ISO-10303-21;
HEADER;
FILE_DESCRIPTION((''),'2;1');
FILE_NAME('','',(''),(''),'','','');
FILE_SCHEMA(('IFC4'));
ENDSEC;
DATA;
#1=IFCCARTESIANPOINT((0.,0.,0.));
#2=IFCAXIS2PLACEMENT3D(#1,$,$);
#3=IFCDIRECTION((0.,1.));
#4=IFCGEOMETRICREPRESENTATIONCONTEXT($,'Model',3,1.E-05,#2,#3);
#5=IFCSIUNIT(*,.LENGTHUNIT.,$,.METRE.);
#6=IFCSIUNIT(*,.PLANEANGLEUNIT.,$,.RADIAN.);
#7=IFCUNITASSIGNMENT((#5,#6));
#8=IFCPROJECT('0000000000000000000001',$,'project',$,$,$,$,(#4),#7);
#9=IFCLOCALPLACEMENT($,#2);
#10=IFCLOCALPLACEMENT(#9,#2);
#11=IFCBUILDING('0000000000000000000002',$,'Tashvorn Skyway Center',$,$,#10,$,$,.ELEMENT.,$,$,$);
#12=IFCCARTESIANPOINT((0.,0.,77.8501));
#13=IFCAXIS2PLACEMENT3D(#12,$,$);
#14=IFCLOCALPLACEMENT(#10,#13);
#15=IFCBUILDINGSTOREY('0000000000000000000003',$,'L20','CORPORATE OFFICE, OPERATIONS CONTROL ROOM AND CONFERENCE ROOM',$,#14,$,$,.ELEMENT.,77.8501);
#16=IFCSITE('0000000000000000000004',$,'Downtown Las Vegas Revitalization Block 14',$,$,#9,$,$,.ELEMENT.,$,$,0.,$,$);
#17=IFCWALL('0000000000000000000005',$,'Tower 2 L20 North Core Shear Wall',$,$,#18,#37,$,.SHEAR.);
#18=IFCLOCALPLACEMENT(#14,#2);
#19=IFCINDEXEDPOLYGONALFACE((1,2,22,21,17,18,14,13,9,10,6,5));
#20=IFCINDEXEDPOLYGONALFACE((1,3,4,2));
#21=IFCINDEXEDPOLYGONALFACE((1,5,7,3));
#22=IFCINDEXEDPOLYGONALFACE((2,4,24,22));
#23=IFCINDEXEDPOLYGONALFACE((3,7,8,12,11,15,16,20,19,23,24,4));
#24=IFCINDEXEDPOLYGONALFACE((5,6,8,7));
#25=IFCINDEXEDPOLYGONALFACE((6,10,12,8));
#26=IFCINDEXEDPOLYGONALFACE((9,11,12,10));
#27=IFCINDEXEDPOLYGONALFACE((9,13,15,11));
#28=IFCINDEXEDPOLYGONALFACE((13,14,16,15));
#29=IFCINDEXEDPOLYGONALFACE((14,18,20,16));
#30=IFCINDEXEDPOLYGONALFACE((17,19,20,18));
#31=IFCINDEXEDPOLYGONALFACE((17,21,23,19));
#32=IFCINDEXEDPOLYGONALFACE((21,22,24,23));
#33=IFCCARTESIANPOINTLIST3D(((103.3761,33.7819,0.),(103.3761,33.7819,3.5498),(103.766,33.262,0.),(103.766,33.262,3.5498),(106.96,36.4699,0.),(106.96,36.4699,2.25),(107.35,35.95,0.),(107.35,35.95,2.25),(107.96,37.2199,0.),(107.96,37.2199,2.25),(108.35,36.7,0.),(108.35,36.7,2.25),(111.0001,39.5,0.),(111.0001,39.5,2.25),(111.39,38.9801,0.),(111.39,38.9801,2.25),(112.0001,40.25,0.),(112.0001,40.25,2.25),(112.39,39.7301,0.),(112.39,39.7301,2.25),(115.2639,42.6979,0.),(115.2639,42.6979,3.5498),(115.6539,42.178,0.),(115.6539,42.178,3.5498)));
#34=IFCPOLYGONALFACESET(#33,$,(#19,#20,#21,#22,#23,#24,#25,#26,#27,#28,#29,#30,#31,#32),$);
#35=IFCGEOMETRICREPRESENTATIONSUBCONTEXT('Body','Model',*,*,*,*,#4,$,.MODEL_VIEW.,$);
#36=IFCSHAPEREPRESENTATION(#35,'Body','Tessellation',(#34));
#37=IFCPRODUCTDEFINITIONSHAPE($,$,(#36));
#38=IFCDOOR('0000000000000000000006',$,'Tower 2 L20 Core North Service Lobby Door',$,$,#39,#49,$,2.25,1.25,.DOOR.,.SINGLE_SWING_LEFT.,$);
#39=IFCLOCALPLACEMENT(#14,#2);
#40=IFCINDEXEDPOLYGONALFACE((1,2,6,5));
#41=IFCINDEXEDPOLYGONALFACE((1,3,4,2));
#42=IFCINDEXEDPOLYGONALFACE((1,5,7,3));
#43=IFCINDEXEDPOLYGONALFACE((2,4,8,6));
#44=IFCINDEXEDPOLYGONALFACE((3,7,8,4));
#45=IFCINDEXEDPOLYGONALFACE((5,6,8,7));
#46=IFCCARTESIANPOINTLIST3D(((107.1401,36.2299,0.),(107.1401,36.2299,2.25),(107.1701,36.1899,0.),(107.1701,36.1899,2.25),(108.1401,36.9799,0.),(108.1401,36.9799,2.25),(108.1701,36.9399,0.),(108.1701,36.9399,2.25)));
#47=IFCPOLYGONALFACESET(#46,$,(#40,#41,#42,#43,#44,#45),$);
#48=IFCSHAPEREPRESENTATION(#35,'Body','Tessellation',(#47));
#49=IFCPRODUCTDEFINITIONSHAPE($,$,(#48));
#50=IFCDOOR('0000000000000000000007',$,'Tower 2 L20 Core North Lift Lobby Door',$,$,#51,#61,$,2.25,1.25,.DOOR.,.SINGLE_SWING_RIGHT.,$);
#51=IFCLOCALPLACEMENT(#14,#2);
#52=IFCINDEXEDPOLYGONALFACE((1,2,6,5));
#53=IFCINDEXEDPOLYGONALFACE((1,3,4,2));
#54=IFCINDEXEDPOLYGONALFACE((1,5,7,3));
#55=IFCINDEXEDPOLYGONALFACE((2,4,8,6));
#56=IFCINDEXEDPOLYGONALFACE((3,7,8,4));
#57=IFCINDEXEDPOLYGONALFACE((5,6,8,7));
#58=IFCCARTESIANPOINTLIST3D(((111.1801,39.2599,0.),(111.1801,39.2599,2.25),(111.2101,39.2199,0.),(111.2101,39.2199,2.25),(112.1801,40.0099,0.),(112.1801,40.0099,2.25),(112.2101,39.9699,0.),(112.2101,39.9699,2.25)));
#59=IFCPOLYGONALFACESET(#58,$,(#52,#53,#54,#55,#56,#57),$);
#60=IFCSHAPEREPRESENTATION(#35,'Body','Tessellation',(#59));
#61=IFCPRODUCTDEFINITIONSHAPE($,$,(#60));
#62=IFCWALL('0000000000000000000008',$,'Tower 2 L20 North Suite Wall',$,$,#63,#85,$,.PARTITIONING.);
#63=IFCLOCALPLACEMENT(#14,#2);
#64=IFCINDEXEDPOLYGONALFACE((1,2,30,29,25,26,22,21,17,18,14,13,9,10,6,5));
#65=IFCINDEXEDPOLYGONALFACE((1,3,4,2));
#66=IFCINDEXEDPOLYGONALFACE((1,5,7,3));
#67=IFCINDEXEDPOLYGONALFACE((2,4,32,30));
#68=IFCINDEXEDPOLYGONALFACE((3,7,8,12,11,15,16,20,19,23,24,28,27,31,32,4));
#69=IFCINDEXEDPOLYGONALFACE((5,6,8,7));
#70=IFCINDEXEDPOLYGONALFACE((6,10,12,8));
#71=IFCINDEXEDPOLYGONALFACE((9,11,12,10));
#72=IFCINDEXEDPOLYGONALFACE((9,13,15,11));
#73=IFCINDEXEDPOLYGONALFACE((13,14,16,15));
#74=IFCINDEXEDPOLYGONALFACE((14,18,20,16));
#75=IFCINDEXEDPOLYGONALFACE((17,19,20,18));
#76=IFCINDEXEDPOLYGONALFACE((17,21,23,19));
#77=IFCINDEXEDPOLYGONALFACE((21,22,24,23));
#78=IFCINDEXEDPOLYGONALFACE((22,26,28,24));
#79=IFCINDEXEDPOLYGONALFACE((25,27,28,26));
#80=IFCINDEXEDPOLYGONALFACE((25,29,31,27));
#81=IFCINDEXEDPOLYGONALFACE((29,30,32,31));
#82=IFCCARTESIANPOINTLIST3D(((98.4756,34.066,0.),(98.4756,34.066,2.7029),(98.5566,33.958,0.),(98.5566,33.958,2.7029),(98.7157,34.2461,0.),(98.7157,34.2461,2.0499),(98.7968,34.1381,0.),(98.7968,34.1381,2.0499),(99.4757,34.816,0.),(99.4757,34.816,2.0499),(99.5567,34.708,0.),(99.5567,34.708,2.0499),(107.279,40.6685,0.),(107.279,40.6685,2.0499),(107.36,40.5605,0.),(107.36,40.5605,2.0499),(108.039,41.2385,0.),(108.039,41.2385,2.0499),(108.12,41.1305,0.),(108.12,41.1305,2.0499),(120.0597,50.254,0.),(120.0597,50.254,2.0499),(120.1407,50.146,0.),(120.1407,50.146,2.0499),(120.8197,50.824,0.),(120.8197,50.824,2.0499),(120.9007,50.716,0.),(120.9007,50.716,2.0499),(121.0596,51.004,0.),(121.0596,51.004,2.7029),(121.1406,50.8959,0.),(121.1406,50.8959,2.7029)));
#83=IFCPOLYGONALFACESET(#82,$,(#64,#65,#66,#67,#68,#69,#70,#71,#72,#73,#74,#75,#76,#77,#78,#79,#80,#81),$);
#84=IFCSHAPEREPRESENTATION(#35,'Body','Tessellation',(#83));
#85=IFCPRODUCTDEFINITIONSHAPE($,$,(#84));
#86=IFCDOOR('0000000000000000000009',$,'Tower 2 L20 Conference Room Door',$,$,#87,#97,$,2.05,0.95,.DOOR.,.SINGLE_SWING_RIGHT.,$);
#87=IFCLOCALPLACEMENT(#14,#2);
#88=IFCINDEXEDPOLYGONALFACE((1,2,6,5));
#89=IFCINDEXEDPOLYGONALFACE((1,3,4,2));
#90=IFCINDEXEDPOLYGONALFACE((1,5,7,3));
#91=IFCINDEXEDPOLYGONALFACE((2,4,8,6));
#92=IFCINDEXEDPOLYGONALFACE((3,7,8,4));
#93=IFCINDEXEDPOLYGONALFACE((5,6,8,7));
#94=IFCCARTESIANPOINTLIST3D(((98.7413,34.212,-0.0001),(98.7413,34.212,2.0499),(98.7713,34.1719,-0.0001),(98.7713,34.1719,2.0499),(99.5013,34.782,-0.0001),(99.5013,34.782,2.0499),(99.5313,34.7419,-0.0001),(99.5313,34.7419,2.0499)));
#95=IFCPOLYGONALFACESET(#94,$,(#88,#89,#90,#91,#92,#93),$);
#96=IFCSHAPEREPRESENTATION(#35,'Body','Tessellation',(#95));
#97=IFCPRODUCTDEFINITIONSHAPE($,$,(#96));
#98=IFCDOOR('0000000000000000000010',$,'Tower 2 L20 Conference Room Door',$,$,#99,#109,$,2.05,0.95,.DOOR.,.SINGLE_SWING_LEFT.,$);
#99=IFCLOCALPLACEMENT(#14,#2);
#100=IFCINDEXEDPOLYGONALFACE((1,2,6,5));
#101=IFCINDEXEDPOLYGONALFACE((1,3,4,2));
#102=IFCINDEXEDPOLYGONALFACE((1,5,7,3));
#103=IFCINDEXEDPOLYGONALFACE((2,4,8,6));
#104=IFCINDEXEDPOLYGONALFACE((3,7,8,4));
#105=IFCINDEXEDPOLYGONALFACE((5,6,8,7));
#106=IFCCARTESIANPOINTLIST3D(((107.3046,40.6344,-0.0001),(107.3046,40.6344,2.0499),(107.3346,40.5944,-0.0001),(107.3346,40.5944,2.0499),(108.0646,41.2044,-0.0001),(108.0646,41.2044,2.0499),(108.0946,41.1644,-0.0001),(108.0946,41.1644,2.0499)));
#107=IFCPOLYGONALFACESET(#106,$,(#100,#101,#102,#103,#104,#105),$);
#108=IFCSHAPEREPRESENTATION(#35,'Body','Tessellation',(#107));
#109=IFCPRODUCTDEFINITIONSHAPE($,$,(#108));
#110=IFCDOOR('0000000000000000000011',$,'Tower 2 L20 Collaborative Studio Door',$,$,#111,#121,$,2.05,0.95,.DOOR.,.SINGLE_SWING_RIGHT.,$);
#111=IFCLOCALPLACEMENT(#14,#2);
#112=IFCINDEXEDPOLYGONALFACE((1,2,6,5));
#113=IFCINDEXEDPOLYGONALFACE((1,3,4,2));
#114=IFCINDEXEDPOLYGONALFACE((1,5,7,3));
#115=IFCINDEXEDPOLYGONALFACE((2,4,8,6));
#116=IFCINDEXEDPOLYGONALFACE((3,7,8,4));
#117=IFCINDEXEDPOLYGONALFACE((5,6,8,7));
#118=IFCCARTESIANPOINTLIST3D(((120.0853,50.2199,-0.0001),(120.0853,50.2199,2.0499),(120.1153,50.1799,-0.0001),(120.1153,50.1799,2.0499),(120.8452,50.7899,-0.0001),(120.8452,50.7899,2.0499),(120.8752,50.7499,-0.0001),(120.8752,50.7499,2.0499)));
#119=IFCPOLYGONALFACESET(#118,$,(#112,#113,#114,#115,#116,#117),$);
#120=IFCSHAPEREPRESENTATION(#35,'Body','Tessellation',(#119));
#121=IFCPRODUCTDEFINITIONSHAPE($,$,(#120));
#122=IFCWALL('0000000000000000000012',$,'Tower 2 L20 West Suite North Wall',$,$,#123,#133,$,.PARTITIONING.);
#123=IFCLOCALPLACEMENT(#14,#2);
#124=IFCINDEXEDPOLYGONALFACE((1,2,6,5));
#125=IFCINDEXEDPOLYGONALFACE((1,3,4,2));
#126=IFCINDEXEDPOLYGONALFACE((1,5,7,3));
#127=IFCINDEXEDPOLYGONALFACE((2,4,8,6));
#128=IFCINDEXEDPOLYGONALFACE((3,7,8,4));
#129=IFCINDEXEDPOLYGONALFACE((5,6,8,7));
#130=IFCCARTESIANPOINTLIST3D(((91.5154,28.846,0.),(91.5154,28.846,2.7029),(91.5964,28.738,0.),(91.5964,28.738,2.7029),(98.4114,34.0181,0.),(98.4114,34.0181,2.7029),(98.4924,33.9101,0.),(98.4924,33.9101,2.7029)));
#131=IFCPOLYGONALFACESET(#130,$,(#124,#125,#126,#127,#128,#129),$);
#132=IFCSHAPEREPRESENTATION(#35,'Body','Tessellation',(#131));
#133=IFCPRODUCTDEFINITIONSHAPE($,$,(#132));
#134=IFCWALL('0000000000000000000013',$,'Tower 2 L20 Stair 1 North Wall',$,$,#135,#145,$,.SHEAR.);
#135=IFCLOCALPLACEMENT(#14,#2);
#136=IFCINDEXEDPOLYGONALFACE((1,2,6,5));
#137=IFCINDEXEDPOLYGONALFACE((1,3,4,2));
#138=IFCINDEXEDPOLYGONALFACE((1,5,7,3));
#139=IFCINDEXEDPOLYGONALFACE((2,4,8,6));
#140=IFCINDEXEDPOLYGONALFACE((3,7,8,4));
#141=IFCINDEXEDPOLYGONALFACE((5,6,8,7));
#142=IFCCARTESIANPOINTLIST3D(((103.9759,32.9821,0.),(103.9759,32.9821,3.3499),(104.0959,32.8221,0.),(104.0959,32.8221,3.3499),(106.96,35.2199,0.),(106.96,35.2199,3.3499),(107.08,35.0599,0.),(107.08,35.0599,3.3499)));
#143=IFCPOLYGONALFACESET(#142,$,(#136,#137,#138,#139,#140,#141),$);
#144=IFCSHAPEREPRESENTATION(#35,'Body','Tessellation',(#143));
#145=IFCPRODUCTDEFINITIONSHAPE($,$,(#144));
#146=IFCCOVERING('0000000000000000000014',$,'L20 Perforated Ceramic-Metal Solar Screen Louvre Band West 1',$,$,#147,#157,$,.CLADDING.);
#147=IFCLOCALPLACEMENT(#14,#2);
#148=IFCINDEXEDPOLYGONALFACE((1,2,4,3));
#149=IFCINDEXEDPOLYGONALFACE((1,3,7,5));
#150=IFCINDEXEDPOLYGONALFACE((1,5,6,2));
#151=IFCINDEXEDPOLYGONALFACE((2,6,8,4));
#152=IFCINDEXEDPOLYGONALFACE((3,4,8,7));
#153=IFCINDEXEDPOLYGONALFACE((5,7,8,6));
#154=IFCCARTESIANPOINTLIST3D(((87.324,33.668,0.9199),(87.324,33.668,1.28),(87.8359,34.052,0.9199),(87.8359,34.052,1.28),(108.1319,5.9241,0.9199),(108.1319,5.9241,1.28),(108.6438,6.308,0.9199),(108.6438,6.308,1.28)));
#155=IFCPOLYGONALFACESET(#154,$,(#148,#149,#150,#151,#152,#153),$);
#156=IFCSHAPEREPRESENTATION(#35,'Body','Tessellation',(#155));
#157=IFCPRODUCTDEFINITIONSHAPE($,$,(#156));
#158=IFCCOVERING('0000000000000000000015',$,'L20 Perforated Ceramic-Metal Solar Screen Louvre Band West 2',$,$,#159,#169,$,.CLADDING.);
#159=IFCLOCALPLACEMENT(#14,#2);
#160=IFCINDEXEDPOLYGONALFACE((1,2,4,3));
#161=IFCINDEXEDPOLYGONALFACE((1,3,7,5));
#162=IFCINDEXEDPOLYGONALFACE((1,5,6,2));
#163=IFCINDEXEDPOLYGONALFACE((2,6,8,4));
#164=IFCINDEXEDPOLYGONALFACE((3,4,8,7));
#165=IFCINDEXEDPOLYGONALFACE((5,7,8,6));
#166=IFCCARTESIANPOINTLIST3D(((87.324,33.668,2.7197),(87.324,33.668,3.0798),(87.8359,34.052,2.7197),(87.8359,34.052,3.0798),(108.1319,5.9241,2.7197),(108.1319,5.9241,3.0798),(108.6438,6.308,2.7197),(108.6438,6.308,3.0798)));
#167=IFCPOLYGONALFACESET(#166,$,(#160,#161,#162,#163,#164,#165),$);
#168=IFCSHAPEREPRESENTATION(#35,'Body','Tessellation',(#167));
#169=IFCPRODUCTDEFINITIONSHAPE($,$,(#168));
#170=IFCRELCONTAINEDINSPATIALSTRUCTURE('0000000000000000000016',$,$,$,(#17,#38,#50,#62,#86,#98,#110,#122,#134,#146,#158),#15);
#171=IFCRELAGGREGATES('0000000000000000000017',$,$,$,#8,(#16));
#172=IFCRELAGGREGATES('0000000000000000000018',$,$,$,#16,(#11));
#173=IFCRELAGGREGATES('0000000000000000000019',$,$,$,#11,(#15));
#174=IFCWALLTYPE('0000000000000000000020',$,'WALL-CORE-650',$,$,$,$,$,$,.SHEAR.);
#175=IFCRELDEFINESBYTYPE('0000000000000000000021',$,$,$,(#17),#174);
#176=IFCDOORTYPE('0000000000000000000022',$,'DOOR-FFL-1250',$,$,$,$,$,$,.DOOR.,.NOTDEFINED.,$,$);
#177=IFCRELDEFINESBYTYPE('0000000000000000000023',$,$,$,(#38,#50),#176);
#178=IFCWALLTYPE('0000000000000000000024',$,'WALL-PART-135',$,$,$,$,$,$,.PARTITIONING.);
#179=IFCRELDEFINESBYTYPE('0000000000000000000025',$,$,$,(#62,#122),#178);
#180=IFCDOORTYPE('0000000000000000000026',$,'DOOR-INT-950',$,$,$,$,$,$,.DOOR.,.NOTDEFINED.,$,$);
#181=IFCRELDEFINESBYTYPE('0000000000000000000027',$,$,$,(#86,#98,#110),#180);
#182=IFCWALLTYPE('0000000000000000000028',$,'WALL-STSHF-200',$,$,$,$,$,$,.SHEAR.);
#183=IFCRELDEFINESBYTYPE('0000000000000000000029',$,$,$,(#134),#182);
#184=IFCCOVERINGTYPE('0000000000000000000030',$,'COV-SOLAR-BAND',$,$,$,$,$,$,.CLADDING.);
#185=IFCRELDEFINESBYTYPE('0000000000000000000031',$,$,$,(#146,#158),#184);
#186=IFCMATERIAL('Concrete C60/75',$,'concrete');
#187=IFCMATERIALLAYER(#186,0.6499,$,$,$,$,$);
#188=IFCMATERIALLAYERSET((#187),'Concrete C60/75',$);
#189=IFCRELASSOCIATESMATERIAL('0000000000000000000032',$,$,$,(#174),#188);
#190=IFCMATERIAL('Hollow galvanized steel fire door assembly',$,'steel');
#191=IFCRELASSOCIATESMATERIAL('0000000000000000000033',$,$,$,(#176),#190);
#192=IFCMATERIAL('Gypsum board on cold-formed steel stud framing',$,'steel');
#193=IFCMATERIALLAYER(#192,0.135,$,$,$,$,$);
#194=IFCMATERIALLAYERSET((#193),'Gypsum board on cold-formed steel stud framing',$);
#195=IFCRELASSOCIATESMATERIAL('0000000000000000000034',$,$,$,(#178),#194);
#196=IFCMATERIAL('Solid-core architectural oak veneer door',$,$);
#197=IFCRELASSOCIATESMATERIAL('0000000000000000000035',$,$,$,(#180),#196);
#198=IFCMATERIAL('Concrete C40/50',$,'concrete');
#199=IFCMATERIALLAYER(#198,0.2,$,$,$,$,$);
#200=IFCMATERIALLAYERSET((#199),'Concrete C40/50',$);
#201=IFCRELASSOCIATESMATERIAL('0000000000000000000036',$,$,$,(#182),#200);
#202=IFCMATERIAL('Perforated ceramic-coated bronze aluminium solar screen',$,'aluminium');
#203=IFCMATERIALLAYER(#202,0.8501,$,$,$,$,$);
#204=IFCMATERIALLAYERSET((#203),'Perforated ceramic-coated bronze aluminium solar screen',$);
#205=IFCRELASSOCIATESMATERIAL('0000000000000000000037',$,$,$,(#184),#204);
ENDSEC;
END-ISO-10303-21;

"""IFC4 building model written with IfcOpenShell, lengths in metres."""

from ifc_helpers import new_model, si_unit, direction, frame, frame_2d, origin, origin_2d, place, context, subcontext, project, spatial, rectangle, extrude, material, layer, layer_set, type_object, element, fill, save


model = new_model("IFC4")

# Units and contexts
model_context = context("Model", 3, precision=1e-05, world=origin(), true_north=direction((0.0, 1.0)))
body_context = subcontext(model_context, "Body", "Model", "MODEL_VIEW")
ifc_project = project(units=[si_unit("LENGTHUNIT", "METRE"), si_unit("PLANEANGLEUNIT", "RADIAN")], contexts=[model_context])

# Site, building, storey
site_placement = place(None, origin())
site = spatial("IfcSite", under=ifc_project, at=site_placement, Name="Downtown Las Vegas Revitalization Block 14", CompositionType="ELEMENT", RefElevation=0.0)
building_placement = place(site_placement, origin())
building = spatial("IfcBuilding", under=site, at=building_placement, Name="Tashvorn Skyway Center", CompositionType="ELEMENT")
storey_placement = place(building_placement, frame((0.0, 0.0, 77.8501)))
storey = spatial("IfcBuildingStorey", under=building, at=storey_placement, Name="L20", Description="CORPORATE OFFICE, OPERATIONS CONTROL ROOM AND CONFERENCE ROOM", CompositionType="ELEMENT", Elevation=77.8501)

# Walls, openings, doors
ifc_material_1 = material(Name="Concrete C60/75", Category="concrete")
ifc_layer_1 = layer(ifc_material_1, 0.6499)
ifc_layer_set_1 = layer_set([ifc_layer_1], Name="Concrete C60/75")
wall_type_1 = type_object("IfcWallType", Name="WALL-CORE-650", PredefinedType="SHEAR", material=ifc_layer_set_1)
wall_1_placement = place(storey_placement, frame((103.571, 33.522, 0.0), z_axis=(0.0, 0.0, 1.0), x_axis=(0.799998, 0.600003, 0.0)))
wall_1 = element("IfcWall", 1, at=wall_1_placement, inside=storey, type_object=wall_type_1, Name="Tower 2 L20 North Core Shear Wall", PredefinedType="SHEAR", context=body_context, shape_type="SweptSolid", body=[
    extrude(rectangle(XDim=14.8599, YDim=0.6499, at=frame_2d((7.4299, 0.0))), origin(), (0.0, 0.0, 1.0), 3.5498),
])
opening_1_placement = place(wall_1_placement, frame((4.48, 0.0, 0.0)))
opening_1 = element("IfcOpeningElement", 2, at=opening_1_placement, cuts=wall_1, PredefinedType="OPENING", context=body_context, shape_type="SweptSolid", body=[
    extrude(rectangle(XDim=1.25, YDim=2.25, at=frame_2d((0.625, 1.125))), frame((0.0, 0.335, 0.0), z_axis=(0.0, -1.0, 0.0), x_axis=(1.0, 0.0, 0.0)), (0.0, 0.0, 1.0), 0.6699),
])
opening_2_placement = place(wall_1_placement, frame((9.53, 0.0, 0.0)))
opening_2 = element("IfcOpeningElement", 3, at=opening_2_placement, cuts=wall_1, PredefinedType="OPENING", context=body_context, shape_type="SweptSolid", body=[
    extrude(rectangle(XDim=1.25, YDim=2.25, at=frame_2d((0.625, 1.125))), frame((0.0, 0.335, 0.0), z_axis=(0.0, -1.0, 0.0), x_axis=(1.0, 0.0, 0.0)), (0.0, 0.0, 1.0), 0.6699),
])
ifc_material_2 = material(Name="Hollow galvanized steel fire door assembly", Category="steel")
door_type_1 = type_object("IfcDoorType", Name="DOOR-FFL-1250", OperationType="NOTDEFINED", PredefinedType="DOOR", material=ifc_material_2)
door_1_placement = place(opening_1_placement, origin())
door_1 = element("IfcDoor", 4, at=door_1_placement, inside=storey, type_object=door_type_1, Name="Tower 2 L20 Core North Service Lobby Door", OperationType="SINGLE_SWING_LEFT", OverallHeight=2.25, OverallWidth=1.25, PredefinedType="DOOR", context=body_context, shape_type="SweptSolid", body=[
    extrude(rectangle(XDim=1.25, YDim=2.25, at=frame_2d((0.625, 1.125))), frame((0.0, 0.0249, 0.0), z_axis=(0.0, -1.0, 0.0), x_axis=(1.0, 0.0, 0.0)), (0.0, 0.0, 1.0), 0.05),
])
fill(opening_1, door_1)
door_2_placement = place(opening_2_placement, origin())
door_2 = element("IfcDoor", 5, at=door_2_placement, inside=storey, type_object=door_type_1, Name="Tower 2 L20 Core North Lift Lobby Door", OperationType="SINGLE_SWING_RIGHT", OverallHeight=2.25, OverallWidth=1.25, PredefinedType="DOOR", context=body_context, shape_type="SweptSolid", body=[
    extrude(rectangle(XDim=1.25, YDim=2.25, at=frame_2d((0.625, 1.125))), frame((0.0, 0.0249, 0.0), z_axis=(0.0, -1.0, 0.0), x_axis=(1.0, 0.0, 0.0)), (0.0, 0.0, 1.0), 0.05),
])
fill(opening_2, door_2)
ifc_material_3 = material(Name="Gypsum board on cold-formed steel stud framing", Category="steel")
ifc_layer_2 = layer(ifc_material_3, 0.135)
ifc_layer_set_2 = layer_set([ifc_layer_2], Name="Gypsum board on cold-formed steel stud framing")
wall_type_2 = type_object("IfcWallType", Name="WALL-PART-135", PredefinedType="PARTITIONING", material=ifc_layer_set_2)
wall_2_placement = place(storey_placement, frame((98.5161, 34.012, 0.0), z_axis=(0.0, 0.0, 1.0), x_axis=(0.8, 0.6, 0.0)))
wall_2 = element("IfcWall", 6, at=wall_2_placement, inside=storey, type_object=wall_type_2, Name="Tower 2 L20 North Suite Wall", PredefinedType="PARTITIONING", context=body_context, shape_type="SweptSolid", body=[
    extrude(rectangle(XDim=28.23, YDim=0.135, at=frame_2d((14.115, 0.0))), origin(), (0.0, 0.0, 1.0), 2.7029),
])
opening_3_placement = place(wall_2_placement, frame((0.3, 0.0, 0.0)))
opening_3 = element("IfcOpeningElement", 7, at=opening_3_placement, cuts=wall_2, PredefinedType="OPENING", context=body_context, shape_type="SweptSolid", body=[
    extrude(rectangle(XDim=0.95, YDim=2.05, at=frame_2d((0.4751, 1.0249))), frame((0.0, 0.0774, 0.0), z_axis=(0.0, -1.0, 0.0), x_axis=(1.0, 0.0, 0.0)), (0.0, 0.0, 1.0), 0.155),
])
opening_4_placement = place(wall_2_placement, frame((11.0042, 0.0, 0.0)))
opening_4 = element("IfcOpeningElement", 8, at=opening_4_placement, cuts=wall_2, PredefinedType="OPENING", context=body_context, shape_type="SweptSolid", body=[
    extrude(rectangle(XDim=0.95, YDim=2.05, at=frame_2d((0.4751, 1.0249))), frame((0.0, 0.0774, 0.0), z_axis=(0.0, -1.0, 0.0), x_axis=(1.0, 0.0, 0.0)), (0.0, 0.0, 1.0), 0.155),
])
opening_5_placement = place(wall_2_placement, frame((26.98, 0.0, 0.0)))
opening_5 = element("IfcOpeningElement", 9, at=opening_5_placement, cuts=wall_2, PredefinedType="OPENING", context=body_context, shape_type="SweptSolid", body=[
    extrude(rectangle(XDim=0.95, YDim=2.05, at=frame_2d((0.4751, 1.0249))), frame((0.0, 0.0774, 0.0), z_axis=(0.0, -1.0, 0.0), x_axis=(1.0, 0.0, 0.0)), (0.0, 0.0, 1.0), 0.155),
])
ifc_material_4 = material(Name="Solid-core architectural oak veneer door")
door_type_2 = type_object("IfcDoorType", Name="DOOR-INT-950", OperationType="NOTDEFINED", PredefinedType="DOOR", material=ifc_material_4)
door_3_placement = place(opening_3_placement, origin())
door_3 = element("IfcDoor", 10, at=door_3_placement, inside=storey, type_object=door_type_2, Name="Tower 2 L20 Conference Room Door", OperationType="SINGLE_SWING_RIGHT", OverallHeight=2.05, OverallWidth=0.95, PredefinedType="DOOR", context=body_context, shape_type="SweptSolid", body=[
    extrude(rectangle(XDim=0.95, YDim=2.05, at=frame_2d((0.4751, 1.0249))), frame((0.0, 0.0249, 0.0), z_axis=(0.0, -1.0, 0.0), x_axis=(1.0, 0.0, 0.0)), (0.0, 0.0, 1.0), 0.05),
])
fill(opening_3, door_3)
door_4_placement = place(opening_4_placement, origin())
door_4 = element("IfcDoor", 11, at=door_4_placement, inside=storey, type_object=door_type_2, Name="Tower 2 L20 Conference Room Door", OperationType="SINGLE_SWING_LEFT", OverallHeight=2.05, OverallWidth=0.95, PredefinedType="DOOR", context=body_context, shape_type="SweptSolid", body=[
    extrude(rectangle(XDim=0.95, YDim=2.05, at=frame_2d((0.4751, 1.0249))), frame((0.0, 0.0249, 0.0), z_axis=(0.0, -1.0, 0.0), x_axis=(1.0, 0.0, 0.0)), (0.0, 0.0, 1.0), 0.05),
])
fill(opening_4, door_4)
door_5_placement = place(opening_5_placement, origin())
door_5 = element("IfcDoor", 12, at=door_5_placement, inside=storey, type_object=door_type_2, Name="Tower 2 L20 Collaborative Studio Door", OperationType="SINGLE_SWING_RIGHT", OverallHeight=2.05, OverallWidth=0.95, PredefinedType="DOOR", context=body_context, shape_type="SweptSolid", body=[
    extrude(rectangle(XDim=0.95, YDim=2.05, at=frame_2d((0.4751, 1.0249))), frame((0.0, 0.0249, 0.0), z_axis=(0.0, -1.0, 0.0), x_axis=(1.0, 0.0, 0.0)), (0.0, 0.0, 1.0), 0.05),
])
fill(opening_5, door_5)

# Walls
wall_3_placement = place(storey_placement, frame((98.4519, 33.9641, 0.0), z_axis=(0.0, 0.0, 1.0), x_axis=(-0.799993, -0.600009, 0.0)))
element("IfcWall", 13, at=wall_3_placement, inside=storey, type_object=wall_type_2, Name="Tower 2 L20 West Suite North Wall", PredefinedType="PARTITIONING", context=body_context, shape_type="SweptSolid", body=[
    extrude(rectangle(XDim=8.6201, YDim=0.135, at=frame_2d((4.3101, 0.0))), origin(), (0.0, 0.0, 1.0), 2.7029),
])
ifc_material_5 = material(Name="Concrete C40/50", Category="concrete")
ifc_layer_3 = layer(ifc_material_5, 0.2)
ifc_layer_set_3 = layer_set([ifc_layer_3], Name="Concrete C40/50")
wall_type_3 = type_object("IfcWallType", Name="WALL-STSHF-200", PredefinedType="SHEAR", material=ifc_layer_set_3)
wall_4_placement = place(storey_placement, frame((104.0359, 32.9021, 0.0), z_axis=(0.0, 0.0, 1.0), x_axis=(0.800039, 0.599948, 0.0)))
element("IfcWall", 14, at=wall_4_placement, inside=storey, type_object=wall_type_3, Name="Tower 2 L20 Stair 1 North Wall", PredefinedType="SHEAR", context=body_context, shape_type="SweptSolid", body=[
    extrude(rectangle(XDim=3.73, YDim=0.2, at=frame_2d((1.865, 0.0))), origin(), (0.0, 0.0, 1.0), 3.3499),
])

# Coverings
ifc_material_6 = material(Name="Perforated ceramic-coated bronze aluminium solar screen", Category="aluminium")
ifc_layer_4 = layer(ifc_material_6, 0.8501)
ifc_layer_set_4 = layer_set([ifc_layer_4], Name="Perforated ceramic-coated bronze aluminium solar screen")
covering_type = type_object("IfcCoveringType", Name="COV-SOLAR-BAND", PredefinedType="CLADDING", material=ifc_layer_set_4)
for number, where, z_axis, x_axis, name in (
    (15, (97.9839, 19.988, 0.9199), (0.0, 0.0, 1.0), (-0.6, 0.8, 0.0), "L20 Perforated Ceramic-Metal Solar Screen Louvre Band West 1"),
    (16, (97.9839, 19.988, 2.7197), (0.0, 0.0, 1.0), (-0.6, 0.8, 0.0), "L20 Perforated Ceramic-Metal Solar Screen Louvre Band West 2"),
):
    element("IfcCovering", number, at=place(storey_placement, frame(where, z_axis=z_axis, x_axis=x_axis)), inside=storey, type_object=covering_type, Name=name, PredefinedType="CLADDING", context=body_context, shape_type="SweptSolid", body=[
        extrude(rectangle(XDim=34.6799, YDim=0.6399, at=origin_2d()), origin(), (0.0, 0.0, 1.0), 0.3601),
    ])

save(model, "model.ifc")
